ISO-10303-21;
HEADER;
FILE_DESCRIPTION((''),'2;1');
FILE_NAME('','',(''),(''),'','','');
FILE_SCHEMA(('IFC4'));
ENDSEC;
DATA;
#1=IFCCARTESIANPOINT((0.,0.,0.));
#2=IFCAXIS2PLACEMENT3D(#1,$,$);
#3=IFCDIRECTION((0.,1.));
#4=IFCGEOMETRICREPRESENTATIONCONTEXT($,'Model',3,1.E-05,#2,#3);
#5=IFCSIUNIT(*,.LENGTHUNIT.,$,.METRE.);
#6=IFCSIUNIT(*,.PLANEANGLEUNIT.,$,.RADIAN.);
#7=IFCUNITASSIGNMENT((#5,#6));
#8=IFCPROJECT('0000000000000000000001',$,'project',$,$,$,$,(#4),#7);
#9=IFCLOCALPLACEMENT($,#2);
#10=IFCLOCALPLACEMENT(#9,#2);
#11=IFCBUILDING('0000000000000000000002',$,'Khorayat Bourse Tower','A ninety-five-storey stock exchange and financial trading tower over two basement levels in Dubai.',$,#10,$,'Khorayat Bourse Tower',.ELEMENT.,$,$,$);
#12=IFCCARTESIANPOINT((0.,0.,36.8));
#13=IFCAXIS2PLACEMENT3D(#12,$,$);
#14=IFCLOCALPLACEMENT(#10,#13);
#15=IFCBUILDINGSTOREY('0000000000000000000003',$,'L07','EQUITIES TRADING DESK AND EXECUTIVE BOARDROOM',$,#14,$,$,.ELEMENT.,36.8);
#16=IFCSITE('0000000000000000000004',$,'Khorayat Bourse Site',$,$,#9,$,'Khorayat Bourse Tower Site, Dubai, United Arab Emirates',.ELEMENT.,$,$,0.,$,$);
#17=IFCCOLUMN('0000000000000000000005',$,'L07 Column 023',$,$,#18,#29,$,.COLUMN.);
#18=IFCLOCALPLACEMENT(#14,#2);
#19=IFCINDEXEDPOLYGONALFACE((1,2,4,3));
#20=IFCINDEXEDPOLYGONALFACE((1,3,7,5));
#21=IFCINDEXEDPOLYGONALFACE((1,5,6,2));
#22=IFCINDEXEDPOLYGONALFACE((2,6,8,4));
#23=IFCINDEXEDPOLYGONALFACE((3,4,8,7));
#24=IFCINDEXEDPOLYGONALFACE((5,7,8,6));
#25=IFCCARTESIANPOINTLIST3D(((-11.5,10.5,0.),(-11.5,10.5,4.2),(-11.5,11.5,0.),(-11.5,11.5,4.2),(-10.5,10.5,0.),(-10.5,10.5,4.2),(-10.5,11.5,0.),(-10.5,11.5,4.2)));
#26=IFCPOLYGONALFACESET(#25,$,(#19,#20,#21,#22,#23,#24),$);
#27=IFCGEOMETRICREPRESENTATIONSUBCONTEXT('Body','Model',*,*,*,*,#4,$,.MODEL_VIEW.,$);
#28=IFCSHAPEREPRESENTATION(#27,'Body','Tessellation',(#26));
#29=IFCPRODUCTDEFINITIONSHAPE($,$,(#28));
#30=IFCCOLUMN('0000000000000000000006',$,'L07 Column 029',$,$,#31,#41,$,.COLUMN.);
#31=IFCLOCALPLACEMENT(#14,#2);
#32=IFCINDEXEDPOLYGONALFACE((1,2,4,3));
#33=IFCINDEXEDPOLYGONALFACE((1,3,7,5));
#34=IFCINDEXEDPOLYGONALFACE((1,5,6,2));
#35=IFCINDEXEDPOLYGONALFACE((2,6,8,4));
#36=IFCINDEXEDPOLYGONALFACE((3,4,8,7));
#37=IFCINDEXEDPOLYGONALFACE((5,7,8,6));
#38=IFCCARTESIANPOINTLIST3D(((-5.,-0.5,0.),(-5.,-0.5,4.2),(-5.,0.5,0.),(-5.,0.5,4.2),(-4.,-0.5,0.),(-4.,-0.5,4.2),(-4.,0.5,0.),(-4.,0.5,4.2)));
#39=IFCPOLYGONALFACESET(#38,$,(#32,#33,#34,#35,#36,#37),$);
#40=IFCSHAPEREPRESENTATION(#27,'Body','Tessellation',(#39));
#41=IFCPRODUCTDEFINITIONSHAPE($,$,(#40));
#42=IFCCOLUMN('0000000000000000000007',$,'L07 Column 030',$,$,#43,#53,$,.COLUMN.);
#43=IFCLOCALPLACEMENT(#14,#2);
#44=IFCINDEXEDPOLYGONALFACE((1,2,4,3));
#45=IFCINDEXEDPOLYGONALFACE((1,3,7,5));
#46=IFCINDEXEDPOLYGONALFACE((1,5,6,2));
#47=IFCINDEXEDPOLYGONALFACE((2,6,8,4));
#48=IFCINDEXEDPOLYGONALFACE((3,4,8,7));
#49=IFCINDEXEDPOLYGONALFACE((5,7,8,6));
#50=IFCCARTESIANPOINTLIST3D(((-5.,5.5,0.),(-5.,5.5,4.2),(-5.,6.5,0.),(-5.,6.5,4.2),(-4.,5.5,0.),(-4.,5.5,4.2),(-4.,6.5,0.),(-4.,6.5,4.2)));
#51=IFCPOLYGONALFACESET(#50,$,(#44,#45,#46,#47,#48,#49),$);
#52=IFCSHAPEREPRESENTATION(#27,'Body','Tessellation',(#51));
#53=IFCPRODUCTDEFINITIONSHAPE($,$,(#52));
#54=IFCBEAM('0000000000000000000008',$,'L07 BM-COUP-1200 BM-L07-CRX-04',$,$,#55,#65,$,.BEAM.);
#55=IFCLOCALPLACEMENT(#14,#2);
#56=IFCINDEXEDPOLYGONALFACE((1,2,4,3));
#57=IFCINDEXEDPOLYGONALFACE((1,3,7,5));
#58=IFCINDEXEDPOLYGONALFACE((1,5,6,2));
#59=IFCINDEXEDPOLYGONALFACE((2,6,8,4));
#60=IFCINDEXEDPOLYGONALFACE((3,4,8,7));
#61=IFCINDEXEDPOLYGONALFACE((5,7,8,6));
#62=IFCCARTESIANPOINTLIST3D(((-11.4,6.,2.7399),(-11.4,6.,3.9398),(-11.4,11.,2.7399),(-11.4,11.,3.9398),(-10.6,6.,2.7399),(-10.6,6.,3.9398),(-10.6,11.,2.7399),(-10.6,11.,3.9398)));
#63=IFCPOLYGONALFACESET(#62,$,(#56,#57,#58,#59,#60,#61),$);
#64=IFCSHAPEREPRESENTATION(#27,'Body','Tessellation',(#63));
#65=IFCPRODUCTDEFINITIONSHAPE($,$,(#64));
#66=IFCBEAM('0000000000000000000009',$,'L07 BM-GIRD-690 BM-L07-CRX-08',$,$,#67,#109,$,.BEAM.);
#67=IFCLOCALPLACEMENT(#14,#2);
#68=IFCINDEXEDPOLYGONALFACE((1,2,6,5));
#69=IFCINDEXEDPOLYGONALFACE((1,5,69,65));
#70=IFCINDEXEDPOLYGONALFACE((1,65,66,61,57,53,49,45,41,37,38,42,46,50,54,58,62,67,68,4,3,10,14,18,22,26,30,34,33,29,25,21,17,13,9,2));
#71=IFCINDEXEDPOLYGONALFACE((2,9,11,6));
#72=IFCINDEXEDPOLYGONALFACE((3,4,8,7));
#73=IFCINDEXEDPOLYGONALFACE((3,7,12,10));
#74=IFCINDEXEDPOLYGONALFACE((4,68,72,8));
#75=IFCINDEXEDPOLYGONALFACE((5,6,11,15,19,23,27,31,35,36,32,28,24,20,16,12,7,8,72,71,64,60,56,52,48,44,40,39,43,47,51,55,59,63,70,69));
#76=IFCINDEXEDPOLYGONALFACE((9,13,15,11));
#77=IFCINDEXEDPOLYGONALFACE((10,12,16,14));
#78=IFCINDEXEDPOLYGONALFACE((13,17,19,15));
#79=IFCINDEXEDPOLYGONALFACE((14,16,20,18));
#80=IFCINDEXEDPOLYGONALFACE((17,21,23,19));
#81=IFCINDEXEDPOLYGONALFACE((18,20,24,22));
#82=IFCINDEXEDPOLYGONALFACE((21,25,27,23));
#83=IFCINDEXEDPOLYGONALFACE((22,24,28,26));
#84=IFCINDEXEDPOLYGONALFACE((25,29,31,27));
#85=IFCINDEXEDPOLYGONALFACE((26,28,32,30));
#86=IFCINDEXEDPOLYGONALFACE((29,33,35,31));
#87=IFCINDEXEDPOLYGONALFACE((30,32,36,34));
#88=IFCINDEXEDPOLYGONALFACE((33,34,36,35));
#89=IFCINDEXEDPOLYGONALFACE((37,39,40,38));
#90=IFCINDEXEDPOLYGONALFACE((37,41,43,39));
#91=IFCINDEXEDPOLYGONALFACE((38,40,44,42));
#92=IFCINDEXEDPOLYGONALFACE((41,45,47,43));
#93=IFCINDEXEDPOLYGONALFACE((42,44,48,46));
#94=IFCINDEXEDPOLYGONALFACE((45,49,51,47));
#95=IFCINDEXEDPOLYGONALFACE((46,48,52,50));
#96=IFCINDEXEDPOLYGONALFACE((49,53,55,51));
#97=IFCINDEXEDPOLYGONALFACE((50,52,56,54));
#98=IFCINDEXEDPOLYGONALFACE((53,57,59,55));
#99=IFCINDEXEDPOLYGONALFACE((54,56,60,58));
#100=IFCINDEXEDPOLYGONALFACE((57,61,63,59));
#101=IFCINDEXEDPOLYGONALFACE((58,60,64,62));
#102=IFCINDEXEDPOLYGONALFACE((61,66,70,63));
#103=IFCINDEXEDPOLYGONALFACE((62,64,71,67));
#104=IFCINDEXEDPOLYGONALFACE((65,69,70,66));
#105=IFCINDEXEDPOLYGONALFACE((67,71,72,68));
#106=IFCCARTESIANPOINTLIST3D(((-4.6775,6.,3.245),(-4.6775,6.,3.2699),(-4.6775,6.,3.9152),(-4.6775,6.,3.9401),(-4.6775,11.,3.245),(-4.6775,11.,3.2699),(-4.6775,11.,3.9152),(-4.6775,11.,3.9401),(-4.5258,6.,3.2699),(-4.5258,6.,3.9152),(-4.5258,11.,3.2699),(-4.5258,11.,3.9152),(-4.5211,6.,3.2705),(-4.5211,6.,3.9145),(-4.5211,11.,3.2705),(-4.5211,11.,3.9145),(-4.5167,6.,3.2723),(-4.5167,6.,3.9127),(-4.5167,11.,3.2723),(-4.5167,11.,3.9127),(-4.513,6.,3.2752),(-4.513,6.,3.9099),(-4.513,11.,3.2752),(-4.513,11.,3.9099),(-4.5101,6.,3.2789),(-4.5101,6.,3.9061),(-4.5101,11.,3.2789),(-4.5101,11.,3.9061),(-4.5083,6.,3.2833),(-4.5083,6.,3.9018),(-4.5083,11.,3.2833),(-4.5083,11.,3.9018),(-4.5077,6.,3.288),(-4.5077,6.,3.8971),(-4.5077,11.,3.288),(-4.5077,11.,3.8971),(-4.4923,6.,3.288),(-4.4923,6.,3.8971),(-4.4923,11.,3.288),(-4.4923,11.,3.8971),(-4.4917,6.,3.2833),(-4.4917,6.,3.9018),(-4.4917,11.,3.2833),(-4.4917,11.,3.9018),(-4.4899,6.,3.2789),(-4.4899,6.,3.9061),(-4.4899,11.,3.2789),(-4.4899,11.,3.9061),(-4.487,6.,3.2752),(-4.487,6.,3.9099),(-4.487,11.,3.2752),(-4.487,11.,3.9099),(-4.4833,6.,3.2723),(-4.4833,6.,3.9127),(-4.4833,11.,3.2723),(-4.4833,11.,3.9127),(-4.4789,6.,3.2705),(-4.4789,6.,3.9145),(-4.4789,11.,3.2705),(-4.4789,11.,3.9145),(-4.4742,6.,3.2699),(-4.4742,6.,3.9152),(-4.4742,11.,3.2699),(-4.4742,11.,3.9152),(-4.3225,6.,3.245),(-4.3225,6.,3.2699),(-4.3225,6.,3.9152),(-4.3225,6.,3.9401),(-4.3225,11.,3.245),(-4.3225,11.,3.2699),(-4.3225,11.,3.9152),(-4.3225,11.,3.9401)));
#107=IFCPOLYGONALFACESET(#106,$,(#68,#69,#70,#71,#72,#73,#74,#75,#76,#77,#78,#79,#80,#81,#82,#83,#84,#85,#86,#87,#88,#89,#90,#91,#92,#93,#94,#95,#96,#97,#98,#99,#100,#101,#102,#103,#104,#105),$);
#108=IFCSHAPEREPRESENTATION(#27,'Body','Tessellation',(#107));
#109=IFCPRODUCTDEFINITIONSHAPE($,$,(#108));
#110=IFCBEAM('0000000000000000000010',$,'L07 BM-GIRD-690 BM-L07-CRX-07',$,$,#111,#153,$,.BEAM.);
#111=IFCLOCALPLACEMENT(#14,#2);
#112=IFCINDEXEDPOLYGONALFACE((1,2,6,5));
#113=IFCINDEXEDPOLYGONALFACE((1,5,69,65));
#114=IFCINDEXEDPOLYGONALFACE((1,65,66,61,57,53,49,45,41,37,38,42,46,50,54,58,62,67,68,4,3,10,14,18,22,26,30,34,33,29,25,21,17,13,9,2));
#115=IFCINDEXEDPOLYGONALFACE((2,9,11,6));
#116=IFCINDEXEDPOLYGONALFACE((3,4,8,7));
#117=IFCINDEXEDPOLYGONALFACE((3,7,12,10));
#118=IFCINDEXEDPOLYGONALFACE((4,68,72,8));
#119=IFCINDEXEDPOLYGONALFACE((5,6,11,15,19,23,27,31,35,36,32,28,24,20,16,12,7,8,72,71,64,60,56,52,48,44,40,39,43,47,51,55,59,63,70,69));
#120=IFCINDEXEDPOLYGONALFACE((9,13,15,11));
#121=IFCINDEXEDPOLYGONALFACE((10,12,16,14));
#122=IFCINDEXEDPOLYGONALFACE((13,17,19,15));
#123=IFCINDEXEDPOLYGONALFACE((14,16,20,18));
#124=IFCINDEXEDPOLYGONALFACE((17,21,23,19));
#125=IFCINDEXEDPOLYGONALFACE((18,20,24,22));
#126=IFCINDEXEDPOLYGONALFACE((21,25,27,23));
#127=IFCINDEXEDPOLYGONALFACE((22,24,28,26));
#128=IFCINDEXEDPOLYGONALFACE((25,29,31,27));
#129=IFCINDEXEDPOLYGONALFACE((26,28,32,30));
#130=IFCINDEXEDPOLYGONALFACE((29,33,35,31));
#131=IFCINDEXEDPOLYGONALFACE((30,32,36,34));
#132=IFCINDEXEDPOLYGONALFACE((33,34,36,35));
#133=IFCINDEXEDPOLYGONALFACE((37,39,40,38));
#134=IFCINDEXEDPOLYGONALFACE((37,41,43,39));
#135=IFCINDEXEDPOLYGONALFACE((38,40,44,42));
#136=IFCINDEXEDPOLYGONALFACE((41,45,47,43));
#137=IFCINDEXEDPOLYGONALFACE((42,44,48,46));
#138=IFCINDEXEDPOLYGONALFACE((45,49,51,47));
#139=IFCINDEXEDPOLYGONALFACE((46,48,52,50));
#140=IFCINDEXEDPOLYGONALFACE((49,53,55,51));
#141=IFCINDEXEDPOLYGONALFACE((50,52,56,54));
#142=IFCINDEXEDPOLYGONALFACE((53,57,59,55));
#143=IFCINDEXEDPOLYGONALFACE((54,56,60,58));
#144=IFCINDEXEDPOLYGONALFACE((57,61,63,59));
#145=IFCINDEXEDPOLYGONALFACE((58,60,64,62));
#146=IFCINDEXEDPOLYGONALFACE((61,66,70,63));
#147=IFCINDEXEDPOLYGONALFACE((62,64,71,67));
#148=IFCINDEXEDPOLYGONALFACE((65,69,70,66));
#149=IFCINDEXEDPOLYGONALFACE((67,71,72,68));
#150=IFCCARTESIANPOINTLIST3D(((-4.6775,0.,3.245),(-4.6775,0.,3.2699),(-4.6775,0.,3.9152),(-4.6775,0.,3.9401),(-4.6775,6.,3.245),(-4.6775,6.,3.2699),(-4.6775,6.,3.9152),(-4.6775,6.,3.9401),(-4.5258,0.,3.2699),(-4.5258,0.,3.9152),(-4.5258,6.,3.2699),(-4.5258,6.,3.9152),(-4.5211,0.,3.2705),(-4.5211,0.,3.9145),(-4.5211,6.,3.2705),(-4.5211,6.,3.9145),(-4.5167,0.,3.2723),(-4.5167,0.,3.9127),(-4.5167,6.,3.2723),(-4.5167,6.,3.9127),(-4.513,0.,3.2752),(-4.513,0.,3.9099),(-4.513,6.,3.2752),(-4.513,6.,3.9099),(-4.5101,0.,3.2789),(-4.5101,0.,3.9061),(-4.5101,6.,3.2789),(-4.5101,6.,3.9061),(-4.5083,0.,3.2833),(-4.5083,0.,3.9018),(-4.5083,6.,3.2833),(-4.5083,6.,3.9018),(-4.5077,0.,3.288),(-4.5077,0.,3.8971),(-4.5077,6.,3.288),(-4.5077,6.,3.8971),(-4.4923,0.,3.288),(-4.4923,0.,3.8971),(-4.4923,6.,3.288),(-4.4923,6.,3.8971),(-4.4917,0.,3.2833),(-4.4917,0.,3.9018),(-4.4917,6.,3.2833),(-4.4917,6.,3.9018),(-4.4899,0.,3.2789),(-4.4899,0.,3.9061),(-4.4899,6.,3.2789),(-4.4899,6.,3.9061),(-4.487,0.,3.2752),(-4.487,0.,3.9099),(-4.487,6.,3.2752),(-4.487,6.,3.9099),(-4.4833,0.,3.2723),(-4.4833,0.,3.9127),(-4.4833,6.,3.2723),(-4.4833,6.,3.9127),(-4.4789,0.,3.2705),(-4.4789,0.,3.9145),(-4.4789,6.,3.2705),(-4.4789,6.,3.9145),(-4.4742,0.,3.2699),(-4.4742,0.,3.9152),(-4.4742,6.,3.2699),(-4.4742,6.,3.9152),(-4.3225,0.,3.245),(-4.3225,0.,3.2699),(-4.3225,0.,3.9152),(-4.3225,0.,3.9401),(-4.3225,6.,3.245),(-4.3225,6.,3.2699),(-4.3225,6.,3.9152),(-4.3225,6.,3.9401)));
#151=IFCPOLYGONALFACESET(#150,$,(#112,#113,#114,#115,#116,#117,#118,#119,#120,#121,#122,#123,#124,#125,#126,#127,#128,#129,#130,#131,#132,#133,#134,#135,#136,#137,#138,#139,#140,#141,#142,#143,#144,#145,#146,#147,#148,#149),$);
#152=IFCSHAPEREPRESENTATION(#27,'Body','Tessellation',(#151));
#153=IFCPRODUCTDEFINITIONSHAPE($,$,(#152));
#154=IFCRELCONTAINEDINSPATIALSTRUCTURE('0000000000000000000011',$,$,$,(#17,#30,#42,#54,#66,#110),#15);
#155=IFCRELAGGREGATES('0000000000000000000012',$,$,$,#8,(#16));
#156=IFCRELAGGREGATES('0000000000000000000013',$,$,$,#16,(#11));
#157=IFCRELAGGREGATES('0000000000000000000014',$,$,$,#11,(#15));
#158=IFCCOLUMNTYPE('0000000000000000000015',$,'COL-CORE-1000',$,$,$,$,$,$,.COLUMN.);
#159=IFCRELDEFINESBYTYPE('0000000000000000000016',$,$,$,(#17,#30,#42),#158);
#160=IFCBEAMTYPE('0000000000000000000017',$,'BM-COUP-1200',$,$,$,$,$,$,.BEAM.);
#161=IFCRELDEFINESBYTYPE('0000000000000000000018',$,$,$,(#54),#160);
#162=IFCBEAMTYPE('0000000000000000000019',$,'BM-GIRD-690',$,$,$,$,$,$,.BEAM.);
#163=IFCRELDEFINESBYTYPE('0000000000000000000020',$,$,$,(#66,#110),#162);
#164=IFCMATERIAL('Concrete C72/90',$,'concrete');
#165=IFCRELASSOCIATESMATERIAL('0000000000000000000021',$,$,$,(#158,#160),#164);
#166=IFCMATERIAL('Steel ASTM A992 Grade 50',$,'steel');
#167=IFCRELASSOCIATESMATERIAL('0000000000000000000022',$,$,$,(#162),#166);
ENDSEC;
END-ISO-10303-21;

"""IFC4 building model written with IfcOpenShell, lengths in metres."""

from ifc_helpers import new_model, si_unit, direction, frame, origin, origin_2d, place, context, subcontext, project, spatial, rectangle, i_section, extrude, source, transform, mapped, material, material_profile, profile_set, type_object, element, save


model = new_model("IFC4")

# Units and contexts
model_context = context("Model", 3, precision=1e-05, world=origin(), true_north=direction((0.0, 1.0)))
body_context = subcontext(model_context, "Body", "Model", "MODEL_VIEW")
ifc_project = project(units=[si_unit("LENGTHUNIT", "METRE"), si_unit("PLANEANGLEUNIT", "RADIAN")], contexts=[model_context])

# Site, building, storey
site_placement = place(None, origin())
site = spatial("IfcSite", under=ifc_project, at=site_placement, Name="Khorayat Bourse Site", LongName="Khorayat Bourse Tower Site, Dubai, United Arab Emirates", CompositionType="ELEMENT", RefElevation=0.0)
building_placement = place(site_placement, origin())
building = spatial("IfcBuilding", under=site, at=building_placement, Name="Khorayat Bourse Tower", Description="A ninety-five-storey stock exchange and financial trading tower over two basement levels in Dubai.", LongName="Khorayat Bourse Tower", CompositionType="ELEMENT")
storey_placement = place(building_placement, frame((0.0, 0.0, 36.8)))
storey = spatial("IfcBuildingStorey", under=building, at=storey_placement, Name="L07", Description="EQUITIES TRADING DESK AND EXECUTIVE BOARDROOM", CompositionType="ELEMENT", Elevation=36.8)

# Columns
ifc_material_1 = material(Name="Concrete C72/90", Category="concrete")
ifc_material_profile_1 = material_profile(ifc_material_1, rectangle(XDim=1.0, YDim=1.0, at=origin_2d()), Name="RC 1000x1000")
ifc_profile_set_1 = profile_set([ifc_material_profile_1], Name="Concrete C72/90")
column_type = type_object("IfcColumnType", Name="COL-CORE-1000", PredefinedType="COLUMN", material=ifc_profile_set_1)
shared_shape_1 = source(origin(), body_context, "Body", "SweptSolid", [
    extrude(rectangle(XDim=1.0, YDim=1.0, at=origin_2d()), origin(), (0.0, 0.0, 1.0), 4.2),
])
for number, where, z_axis, x_axis, name in (
    (1, (-11.0, 11.0, 0.0), (0.0, 0.0, 1.0), (1.0, 0.0, 0.0), "L07 Column 023"),
    (2, (-4.5, 0.0, 0.0), (0.0, 0.0, 1.0), (1.0, 0.0, 0.0), "L07 Column 029"),
    (3, (-4.5, 6.0, 0.0), (0.0, 0.0, 1.0), (1.0, 0.0, 0.0), "L07 Column 030"),
):
    element("IfcColumn", number, at=place(storey_placement, frame(where, z_axis=z_axis, x_axis=x_axis)), inside=storey, type_object=column_type, Name=name, PredefinedType="COLUMN", context=body_context, shape_type="MappedRepresentation", body=[
        mapped(shared_shape_1, transform((0.0, 0.0, 0.0), scale=1.0)),
    ])

# Beams
ifc_material_profile_2 = material_profile(ifc_material_1, rectangle(XDim=0.8, YDim=1.2, at=origin_2d()), Name="RC 800x1200")
ifc_profile_set_2 = profile_set([ifc_material_profile_2], Name="Concrete C72/90")
beam_type_1 = type_object("IfcBeamType", Name="BM-COUP-1200", PredefinedType="BEAM", material=ifc_profile_set_2)
shared_shape_2 = source(origin(), body_context, "Body", "SweptSolid", [
    extrude(rectangle(XDim=0.8, YDim=1.2, at=origin_2d()), origin(), (0.0, 0.0, 1.0), 5.0),
])
beam_1_placement = place(storey_placement, frame((-11.0, 6.0, 3.3398), z_axis=(0.0, 1.0, 0.0), x_axis=(-1.0, 0.0, 0.0)))
element("IfcBeam", 4, at=beam_1_placement, inside=storey, type_object=beam_type_1, Name="L07 BM-COUP-1200 BM-L07-CRX-04", PredefinedType="BEAM", context=body_context, shape_type="MappedRepresentation", body=[
    mapped(shared_shape_2, transform((0.0, 0.0, 0.0), scale=1.0)),
])
ifc_material_2 = material(Name="Steel ASTM A992 Grade 50", Category="steel")
ifc_material_profile_3 = material_profile(ifc_material_2, i_section(OverallWidth=0.355, OverallDepth=0.6951, WebThickness=0.0154, FlangeThickness=0.0249, FilletRadius=0.0181, at=origin_2d()), Name="W690X217")
ifc_profile_set_3 = profile_set([ifc_material_profile_3], Name="Steel ASTM A992 Grade 50")
beam_type_2 = type_object("IfcBeamType", Name="BM-GIRD-690", PredefinedType="BEAM", material=ifc_profile_set_3)
shared_shape_3 = source(origin(), body_context, "Body", "SweptSolid", [
    extrude(i_section(OverallWidth=0.355, OverallDepth=0.6951, WebThickness=0.0154, FlangeThickness=0.0249, FilletRadius=0.0181, at=origin_2d()), origin(), (0.0, 0.0, 1.0), 5.0),
])
beam_2_placement = place(storey_placement, frame((-4.5, 6.0, 3.5925), z_axis=(0.0, 1.0, 0.0), x_axis=(-1.0, 0.0, 0.0)))
element("IfcBeam", 5, at=beam_2_placement, inside=storey, type_object=beam_type_2, Name="L07 BM-GIRD-690 BM-L07-CRX-08", PredefinedType="BEAM", context=body_context, shape_type="MappedRepresentation", body=[
    mapped(shared_shape_3, transform((0.0, 0.0, 0.0), scale=1.0)),
])
shared_shape_4 = source(origin(), body_context, "Body", "SweptSolid", [
    extrude(i_section(OverallWidth=0.355, OverallDepth=0.6951, WebThickness=0.0154, FlangeThickness=0.0249, FilletRadius=0.0181, at=origin_2d()), origin(), (0.0, 0.0, 1.0), 6.0),
])
beam_3_placement = place(storey_placement, frame((-4.5, 0.0, 3.5925), z_axis=(0.0, 1.0, 0.0), x_axis=(-1.0, 0.0, 0.0)))
element("IfcBeam", 6, at=beam_3_placement, inside=storey, type_object=beam_type_2, Name="L07 BM-GIRD-690 BM-L07-CRX-07", PredefinedType="BEAM", context=body_context, shape_type="MappedRepresentation", body=[
    mapped(shared_shape_4, transform((0.0, 0.0, 0.0), scale=1.0)),
])

save(model, "model.ifc")
